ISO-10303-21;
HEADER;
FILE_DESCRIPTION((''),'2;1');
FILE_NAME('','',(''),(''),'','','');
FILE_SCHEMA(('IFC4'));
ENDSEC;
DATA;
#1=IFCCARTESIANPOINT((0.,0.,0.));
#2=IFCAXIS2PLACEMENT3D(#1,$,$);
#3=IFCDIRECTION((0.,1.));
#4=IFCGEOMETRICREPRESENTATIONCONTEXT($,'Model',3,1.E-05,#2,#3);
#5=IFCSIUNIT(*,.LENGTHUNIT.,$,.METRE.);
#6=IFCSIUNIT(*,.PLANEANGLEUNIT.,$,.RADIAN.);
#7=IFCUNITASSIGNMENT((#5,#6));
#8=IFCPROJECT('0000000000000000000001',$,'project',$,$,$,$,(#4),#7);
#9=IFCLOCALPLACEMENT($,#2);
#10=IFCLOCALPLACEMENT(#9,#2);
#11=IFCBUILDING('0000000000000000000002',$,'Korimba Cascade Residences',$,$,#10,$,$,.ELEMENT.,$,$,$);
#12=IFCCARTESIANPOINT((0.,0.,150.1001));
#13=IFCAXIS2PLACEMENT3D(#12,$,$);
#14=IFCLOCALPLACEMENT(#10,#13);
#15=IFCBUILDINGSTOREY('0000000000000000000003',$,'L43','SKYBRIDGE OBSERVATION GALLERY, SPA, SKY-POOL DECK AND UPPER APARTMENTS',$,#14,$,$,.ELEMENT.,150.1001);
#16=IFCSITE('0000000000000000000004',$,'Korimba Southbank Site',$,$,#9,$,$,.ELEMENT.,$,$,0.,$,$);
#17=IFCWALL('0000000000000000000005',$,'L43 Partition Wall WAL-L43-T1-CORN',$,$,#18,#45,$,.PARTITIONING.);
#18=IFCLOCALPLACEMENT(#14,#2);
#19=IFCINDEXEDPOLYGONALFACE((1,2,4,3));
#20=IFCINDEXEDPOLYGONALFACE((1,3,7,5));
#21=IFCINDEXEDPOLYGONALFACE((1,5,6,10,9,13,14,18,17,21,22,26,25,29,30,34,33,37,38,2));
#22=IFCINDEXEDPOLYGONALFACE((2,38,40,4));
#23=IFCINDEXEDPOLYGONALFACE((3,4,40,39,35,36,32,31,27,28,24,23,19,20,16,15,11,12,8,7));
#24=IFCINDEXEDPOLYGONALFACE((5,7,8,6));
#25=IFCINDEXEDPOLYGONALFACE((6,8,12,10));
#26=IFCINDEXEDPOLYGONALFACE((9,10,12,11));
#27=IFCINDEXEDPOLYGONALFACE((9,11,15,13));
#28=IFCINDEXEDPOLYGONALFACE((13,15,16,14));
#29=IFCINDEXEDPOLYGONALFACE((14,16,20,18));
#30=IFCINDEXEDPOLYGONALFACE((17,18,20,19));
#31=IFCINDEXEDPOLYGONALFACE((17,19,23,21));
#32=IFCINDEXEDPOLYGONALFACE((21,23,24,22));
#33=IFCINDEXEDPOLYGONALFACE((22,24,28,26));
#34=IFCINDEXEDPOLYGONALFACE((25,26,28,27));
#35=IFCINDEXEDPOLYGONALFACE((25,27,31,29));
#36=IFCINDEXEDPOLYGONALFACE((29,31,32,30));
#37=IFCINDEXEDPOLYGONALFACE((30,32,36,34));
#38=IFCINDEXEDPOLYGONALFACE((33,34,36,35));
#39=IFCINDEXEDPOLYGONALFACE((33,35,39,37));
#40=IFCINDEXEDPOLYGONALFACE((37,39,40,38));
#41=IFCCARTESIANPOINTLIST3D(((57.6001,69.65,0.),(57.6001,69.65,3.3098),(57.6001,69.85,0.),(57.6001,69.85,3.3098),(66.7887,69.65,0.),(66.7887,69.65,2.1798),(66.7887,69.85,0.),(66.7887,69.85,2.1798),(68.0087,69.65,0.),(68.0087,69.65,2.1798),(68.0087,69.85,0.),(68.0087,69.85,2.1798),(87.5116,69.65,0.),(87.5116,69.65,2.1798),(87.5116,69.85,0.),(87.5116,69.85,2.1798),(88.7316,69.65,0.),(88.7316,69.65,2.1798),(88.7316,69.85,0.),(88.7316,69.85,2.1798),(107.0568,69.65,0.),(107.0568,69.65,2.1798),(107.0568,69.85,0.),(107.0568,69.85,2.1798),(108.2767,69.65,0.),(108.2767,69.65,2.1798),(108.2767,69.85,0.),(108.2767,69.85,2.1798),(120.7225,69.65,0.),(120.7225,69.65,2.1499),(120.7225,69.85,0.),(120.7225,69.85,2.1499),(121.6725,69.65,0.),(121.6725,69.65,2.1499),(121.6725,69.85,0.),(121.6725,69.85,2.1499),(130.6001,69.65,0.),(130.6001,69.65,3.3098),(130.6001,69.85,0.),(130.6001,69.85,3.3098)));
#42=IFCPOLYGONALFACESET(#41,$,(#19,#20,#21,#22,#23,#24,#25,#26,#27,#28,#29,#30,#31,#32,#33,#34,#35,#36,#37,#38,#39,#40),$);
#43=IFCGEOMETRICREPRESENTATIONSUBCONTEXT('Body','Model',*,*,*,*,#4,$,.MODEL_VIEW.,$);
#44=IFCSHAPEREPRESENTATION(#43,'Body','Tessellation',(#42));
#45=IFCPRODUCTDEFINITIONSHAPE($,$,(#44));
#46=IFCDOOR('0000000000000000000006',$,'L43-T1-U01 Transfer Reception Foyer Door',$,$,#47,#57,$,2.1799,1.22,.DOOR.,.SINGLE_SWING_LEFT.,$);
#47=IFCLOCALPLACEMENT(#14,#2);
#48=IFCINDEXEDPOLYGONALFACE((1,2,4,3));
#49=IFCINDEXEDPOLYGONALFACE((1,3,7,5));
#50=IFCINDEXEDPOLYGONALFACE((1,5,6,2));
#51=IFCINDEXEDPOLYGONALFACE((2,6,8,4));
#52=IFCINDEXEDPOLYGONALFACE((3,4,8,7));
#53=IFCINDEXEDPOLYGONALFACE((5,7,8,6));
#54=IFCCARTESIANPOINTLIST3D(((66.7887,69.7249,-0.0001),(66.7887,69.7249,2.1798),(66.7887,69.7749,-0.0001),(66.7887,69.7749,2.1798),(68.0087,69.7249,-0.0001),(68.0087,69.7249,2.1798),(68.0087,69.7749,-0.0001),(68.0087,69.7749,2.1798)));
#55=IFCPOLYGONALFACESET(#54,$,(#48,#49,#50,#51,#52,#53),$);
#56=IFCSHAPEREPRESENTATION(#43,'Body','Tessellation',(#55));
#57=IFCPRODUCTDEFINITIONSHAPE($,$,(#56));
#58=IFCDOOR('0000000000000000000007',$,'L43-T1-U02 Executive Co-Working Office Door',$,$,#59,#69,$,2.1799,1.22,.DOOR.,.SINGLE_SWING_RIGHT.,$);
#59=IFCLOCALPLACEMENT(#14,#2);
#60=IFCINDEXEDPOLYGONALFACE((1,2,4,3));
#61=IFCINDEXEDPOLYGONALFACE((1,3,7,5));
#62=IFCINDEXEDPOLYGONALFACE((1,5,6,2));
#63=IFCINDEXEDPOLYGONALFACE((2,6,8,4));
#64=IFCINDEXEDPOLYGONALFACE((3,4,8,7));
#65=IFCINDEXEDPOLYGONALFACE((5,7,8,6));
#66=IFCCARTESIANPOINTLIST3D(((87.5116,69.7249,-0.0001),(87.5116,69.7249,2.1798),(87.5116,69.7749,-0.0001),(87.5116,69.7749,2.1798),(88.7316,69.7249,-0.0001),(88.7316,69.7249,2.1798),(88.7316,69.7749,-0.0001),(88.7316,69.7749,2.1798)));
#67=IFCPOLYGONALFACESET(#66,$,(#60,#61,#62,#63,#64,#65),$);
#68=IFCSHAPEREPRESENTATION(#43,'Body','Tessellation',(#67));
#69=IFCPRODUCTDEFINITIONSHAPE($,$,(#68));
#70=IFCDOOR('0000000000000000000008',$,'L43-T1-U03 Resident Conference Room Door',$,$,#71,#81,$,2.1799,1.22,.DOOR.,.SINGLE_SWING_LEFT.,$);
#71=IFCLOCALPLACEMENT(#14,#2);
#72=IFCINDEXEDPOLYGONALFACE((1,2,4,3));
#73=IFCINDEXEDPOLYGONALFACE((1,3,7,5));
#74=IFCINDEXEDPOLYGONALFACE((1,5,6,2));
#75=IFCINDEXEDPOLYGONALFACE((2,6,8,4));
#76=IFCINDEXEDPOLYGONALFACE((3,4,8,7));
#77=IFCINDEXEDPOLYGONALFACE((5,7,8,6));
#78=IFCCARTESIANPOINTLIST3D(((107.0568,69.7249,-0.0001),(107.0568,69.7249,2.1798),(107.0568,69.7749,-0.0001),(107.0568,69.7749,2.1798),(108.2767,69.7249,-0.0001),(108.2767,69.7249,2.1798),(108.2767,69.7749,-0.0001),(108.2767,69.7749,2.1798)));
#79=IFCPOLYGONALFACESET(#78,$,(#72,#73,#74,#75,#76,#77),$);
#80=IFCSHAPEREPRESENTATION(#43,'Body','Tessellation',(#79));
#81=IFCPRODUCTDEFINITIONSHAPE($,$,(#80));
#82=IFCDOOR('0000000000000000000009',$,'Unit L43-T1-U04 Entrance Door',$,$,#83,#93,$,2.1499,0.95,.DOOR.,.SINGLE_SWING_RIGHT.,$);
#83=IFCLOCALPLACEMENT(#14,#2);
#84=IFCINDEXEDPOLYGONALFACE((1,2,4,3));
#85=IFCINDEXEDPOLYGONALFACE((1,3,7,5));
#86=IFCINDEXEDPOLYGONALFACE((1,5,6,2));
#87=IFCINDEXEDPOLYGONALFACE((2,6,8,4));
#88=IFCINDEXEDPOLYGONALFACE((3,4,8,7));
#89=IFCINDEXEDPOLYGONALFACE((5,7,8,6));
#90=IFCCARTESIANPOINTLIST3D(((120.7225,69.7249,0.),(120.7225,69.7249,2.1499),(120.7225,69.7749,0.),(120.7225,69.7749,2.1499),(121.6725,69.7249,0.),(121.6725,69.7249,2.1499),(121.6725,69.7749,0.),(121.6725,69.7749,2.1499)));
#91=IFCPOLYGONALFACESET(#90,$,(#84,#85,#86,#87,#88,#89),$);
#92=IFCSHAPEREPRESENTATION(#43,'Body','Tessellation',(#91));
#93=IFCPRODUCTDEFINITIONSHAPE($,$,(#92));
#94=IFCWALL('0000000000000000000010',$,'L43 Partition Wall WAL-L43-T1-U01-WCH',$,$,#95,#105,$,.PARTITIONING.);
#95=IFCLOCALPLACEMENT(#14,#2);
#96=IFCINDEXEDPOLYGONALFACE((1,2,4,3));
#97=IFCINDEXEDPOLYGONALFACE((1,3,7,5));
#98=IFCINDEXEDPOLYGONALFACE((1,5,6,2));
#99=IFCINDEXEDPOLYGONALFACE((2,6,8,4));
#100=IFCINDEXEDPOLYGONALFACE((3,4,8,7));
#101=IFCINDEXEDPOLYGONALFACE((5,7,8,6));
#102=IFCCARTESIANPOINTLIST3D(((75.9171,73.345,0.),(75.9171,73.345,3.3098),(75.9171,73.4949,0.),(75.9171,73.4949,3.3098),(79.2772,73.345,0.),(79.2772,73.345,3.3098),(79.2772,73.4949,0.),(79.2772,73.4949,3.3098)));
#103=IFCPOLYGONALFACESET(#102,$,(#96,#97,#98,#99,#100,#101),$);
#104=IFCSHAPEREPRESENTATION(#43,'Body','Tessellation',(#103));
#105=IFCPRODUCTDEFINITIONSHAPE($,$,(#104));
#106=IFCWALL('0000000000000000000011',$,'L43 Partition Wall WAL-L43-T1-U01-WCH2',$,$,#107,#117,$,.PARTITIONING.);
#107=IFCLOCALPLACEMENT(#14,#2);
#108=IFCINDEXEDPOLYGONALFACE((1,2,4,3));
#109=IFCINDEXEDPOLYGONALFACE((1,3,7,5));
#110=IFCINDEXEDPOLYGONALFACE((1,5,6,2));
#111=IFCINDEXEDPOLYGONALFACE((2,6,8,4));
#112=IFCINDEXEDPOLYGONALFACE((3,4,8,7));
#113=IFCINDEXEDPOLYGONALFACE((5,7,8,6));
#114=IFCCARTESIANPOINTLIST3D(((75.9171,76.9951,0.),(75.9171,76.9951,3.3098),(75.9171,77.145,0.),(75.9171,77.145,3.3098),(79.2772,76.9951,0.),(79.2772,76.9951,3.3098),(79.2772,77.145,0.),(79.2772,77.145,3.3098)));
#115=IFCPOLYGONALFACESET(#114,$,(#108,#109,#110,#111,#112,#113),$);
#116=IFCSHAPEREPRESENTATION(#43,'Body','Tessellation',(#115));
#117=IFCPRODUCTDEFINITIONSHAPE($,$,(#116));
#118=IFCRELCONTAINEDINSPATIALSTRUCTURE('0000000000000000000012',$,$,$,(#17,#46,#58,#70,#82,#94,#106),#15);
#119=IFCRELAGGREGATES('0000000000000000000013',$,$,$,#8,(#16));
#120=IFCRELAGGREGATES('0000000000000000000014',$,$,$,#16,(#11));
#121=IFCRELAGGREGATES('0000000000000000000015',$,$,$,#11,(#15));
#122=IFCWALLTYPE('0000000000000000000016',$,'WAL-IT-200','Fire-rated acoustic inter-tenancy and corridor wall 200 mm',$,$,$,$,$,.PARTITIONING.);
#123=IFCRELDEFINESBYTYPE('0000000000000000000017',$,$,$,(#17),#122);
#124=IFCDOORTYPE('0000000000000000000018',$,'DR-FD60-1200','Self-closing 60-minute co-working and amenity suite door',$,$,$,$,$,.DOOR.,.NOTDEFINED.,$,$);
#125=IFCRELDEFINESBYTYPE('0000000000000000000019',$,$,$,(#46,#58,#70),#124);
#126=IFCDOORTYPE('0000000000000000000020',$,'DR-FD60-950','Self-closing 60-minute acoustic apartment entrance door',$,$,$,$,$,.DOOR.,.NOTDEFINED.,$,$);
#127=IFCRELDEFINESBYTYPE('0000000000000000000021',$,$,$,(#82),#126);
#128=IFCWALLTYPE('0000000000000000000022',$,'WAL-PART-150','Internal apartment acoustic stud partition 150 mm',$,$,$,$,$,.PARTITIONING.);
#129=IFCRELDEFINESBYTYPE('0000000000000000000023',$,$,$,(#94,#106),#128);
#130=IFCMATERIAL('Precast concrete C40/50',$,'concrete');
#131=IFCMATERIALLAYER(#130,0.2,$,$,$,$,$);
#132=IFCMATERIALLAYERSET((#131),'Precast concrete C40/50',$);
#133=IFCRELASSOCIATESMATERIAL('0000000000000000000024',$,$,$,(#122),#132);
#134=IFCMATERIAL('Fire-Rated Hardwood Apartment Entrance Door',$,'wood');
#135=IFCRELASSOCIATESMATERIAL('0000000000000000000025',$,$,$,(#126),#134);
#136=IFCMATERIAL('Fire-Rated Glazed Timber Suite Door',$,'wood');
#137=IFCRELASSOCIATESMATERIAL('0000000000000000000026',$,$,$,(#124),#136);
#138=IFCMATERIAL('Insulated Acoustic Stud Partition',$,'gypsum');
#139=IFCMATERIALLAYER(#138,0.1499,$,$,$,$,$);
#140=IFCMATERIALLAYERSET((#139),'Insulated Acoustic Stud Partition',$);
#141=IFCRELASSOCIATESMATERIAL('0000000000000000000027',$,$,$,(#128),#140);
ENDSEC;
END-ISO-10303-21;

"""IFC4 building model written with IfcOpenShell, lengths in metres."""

from ifc_helpers import new_model, si_unit, direction, frame, frame_2d, origin, place, context, subcontext, project, spatial, rectangle, extrude, material, layer, layer_set, type_object, element, fill, save


model = new_model("IFC4")

# Units and contexts
model_context = context("Model", 3, precision=1e-05, world=origin(), true_north=direction((0.0, 1.0)))
body_context = subcontext(model_context, "Body", "Model", "MODEL_VIEW")
ifc_project = project(units=[si_unit("LENGTHUNIT", "METRE"), si_unit("PLANEANGLEUNIT", "RADIAN")], contexts=[model_context])

# Site, building, storey
site_placement = place(None, origin())
site = spatial("IfcSite", under=ifc_project, at=site_placement, Name="Korimba Southbank Site", CompositionType="ELEMENT", RefElevation=0.0)
building_placement = place(site_placement, origin())
building = spatial("IfcBuilding", under=site, at=building_placement, Name="Korimba Cascade Residences", CompositionType="ELEMENT")
storey_placement = place(building_placement, frame((0.0, 0.0, 150.1001)))
storey = spatial("IfcBuildingStorey", under=building, at=storey_placement, Name="L43", Description="SKYBRIDGE OBSERVATION GALLERY, SPA, SKY-POOL DECK AND UPPER APARTMENTS", CompositionType="ELEMENT", Elevation=150.1001)

# Shared definitions
ifc_material_1 = material(Name="Precast concrete C40/50", Category="concrete")
ifc_layer_1 = layer(ifc_material_1, 0.2)
ifc_layer_set_1 = layer_set([ifc_layer_1], Name="Precast concrete C40/50")
wall_type_1 = type_object("IfcWallType", Name="WAL-IT-200", Description="Fire-rated acoustic inter-tenancy and corridor wall 200 mm", PredefinedType="PARTITIONING", material=ifc_layer_set_1)
ifc_material_2 = material(Name="Fire-Rated Hardwood Apartment Entrance Door", Category="wood")
door_type_1 = type_object("IfcDoorType", Name="DR-FD60-950", Description="Self-closing 60-minute acoustic apartment entrance door", OperationType="NOTDEFINED", PredefinedType="DOOR", material=ifc_material_2)

# Wall, openings, doors
wall_1_placement = place(storey_placement, frame((57.6001, 69.75, 0.0), z_axis=(0.0, 0.0, 1.0), x_axis=(1.0, 0.0, 0.0)))
wall_1 = element("IfcWall", 1, at=wall_1_placement, inside=storey, type_object=wall_type_1, Name="L43 Partition Wall WAL-L43-T1-CORN", PredefinedType="PARTITIONING", context=body_context, shape_type="SweptSolid", body=[
    extrude(rectangle(XDim=73.0, YDim=0.2, at=frame_2d((36.5, 0.0))), origin(), (0.0, 0.0, 1.0), 3.3098),
])
opening_1_placement = place(wall_1_placement, frame((9.1887, 0.0, 0.0)))
opening_1 = element("IfcOpeningElement", 2, at=opening_1_placement, cuts=wall_1, PredefinedType="OPENING", context=body_context, shape_type="SweptSolid", body=[
    extrude(rectangle(XDim=1.22, YDim=2.1799, at=frame_2d((0.6099, 1.0898))), frame((0.0, 0.1099, 0.0), z_axis=(0.0, -1.0, 0.0), x_axis=(1.0, 0.0, 0.0)), (0.0, 0.0, 1.0), 0.22),
])
opening_2_placement = place(wall_1_placement, frame((29.9116, 0.0, 0.0)))
opening_2 = element("IfcOpeningElement", 3, at=opening_2_placement, cuts=wall_1, PredefinedType="OPENING", context=body_context, shape_type="SweptSolid", body=[
    extrude(rectangle(XDim=1.22, YDim=2.1799, at=frame_2d((0.6099, 1.0898))), frame((0.0, 0.1099, 0.0), z_axis=(0.0, -1.0, 0.0), x_axis=(1.0, 0.0, 0.0)), (0.0, 0.0, 1.0), 0.22),
])
opening_3_placement = place(wall_1_placement, frame((49.4568, 0.0, 0.0)))
opening_3 = element("IfcOpeningElement", 4, at=opening_3_placement, cuts=wall_1, PredefinedType="OPENING", context=body_context, shape_type="SweptSolid", body=[
    extrude(rectangle(XDim=1.22, YDim=2.1799, at=frame_2d((0.6099, 1.0898))), frame((0.0, 0.1099, 0.0), z_axis=(0.0, -1.0, 0.0), x_axis=(1.0, 0.0, 0.0)), (0.0, 0.0, 1.0), 0.22),
])
opening_4_placement = place(wall_1_placement, frame((63.1223, 0.0, 0.0)))
opening_4 = element("IfcOpeningElement", 5, at=opening_4_placement, cuts=wall_1, PredefinedType="OPENING", context=body_context, shape_type="SweptSolid", body=[
    extrude(rectangle(XDim=0.95, YDim=2.1499, at=frame_2d((0.4751, 1.075))), frame((0.0, 0.1099, 0.0), z_axis=(0.0, -1.0, 0.0), x_axis=(1.0, 0.0, 0.0)), (0.0, 0.0, 1.0), 0.22),
])
ifc_material_3 = material(Name="Fire-Rated Glazed Timber Suite Door", Category="wood")
door_type_2 = type_object("IfcDoorType", Name="DR-FD60-1200", Description="Self-closing 60-minute co-working and amenity suite door", OperationType="NOTDEFINED", PredefinedType="DOOR", material=ifc_material_3)
door_1_placement = place(opening_1_placement, origin())
door_1 = element("IfcDoor", 6, at=door_1_placement, inside=storey, type_object=door_type_2, Name="L43-T1-U01 Transfer Reception Foyer Door", OperationType="SINGLE_SWING_LEFT", OverallHeight=2.1799, OverallWidth=1.22, PredefinedType="DOOR", context=body_context, shape_type="SweptSolid", body=[
    extrude(rectangle(XDim=1.22, YDim=2.1799, at=frame_2d((0.6099, 1.0898))), frame((0.0, 0.0249, 0.0), z_axis=(0.0, -1.0, 0.0), x_axis=(1.0, 0.0, 0.0)), (0.0, 0.0, 1.0), 0.05),
])
fill(opening_1, door_1)
door_2_placement = place(opening_2_placement, origin())
door_2 = element("IfcDoor", 7, at=door_2_placement, inside=storey, type_object=door_type_2, Name="L43-T1-U02 Executive Co-Working Office Door", OperationType="SINGLE_SWING_RIGHT", OverallHeight=2.1799, OverallWidth=1.22, PredefinedType="DOOR", context=body_context, shape_type="SweptSolid", body=[
    extrude(rectangle(XDim=1.22, YDim=2.1799, at=frame_2d((0.6099, 1.0898))), frame((0.0, 0.0249, 0.0), z_axis=(0.0, -1.0, 0.0), x_axis=(1.0, 0.0, 0.0)), (0.0, 0.0, 1.0), 0.05),
])
fill(opening_2, door_2)
door_3_placement = place(opening_3_placement, origin())
door_3 = element("IfcDoor", 8, at=door_3_placement, inside=storey, type_object=door_type_2, Name="L43-T1-U03 Resident Conference Room Door", OperationType="SINGLE_SWING_LEFT", OverallHeight=2.1799, OverallWidth=1.22, PredefinedType="DOOR", context=body_context, shape_type="SweptSolid", body=[
    extrude(rectangle(XDim=1.22, YDim=2.1799, at=frame_2d((0.6099, 1.0898))), frame((0.0, 0.0249, 0.0), z_axis=(0.0, -1.0, 0.0), x_axis=(1.0, 0.0, 0.0)), (0.0, 0.0, 1.0), 0.05),
])
fill(opening_3, door_3)
door_4_placement = place(opening_4_placement, origin())
door_4 = element("IfcDoor", 9, at=door_4_placement, inside=storey, type_object=door_type_1, Name="Unit L43-T1-U04 Entrance Door", OperationType="SINGLE_SWING_RIGHT", OverallHeight=2.1499, OverallWidth=0.95, PredefinedType="DOOR", context=body_context, shape_type="SweptSolid", body=[
    extrude(rectangle(XDim=0.95, YDim=2.1499, at=frame_2d((0.4751, 1.075))), frame((0.0, 0.0249, 0.0), z_axis=(0.0, -1.0, 0.0), x_axis=(1.0, 0.0, 0.0)), (0.0, 0.0, 1.0), 0.05),
])
fill(opening_4, door_4)

# Walls
ifc_material_4 = material(Name="Insulated Acoustic Stud Partition", Category="gypsum")
ifc_layer_2 = layer(ifc_material_4, 0.1499)
ifc_layer_set_2 = layer_set([ifc_layer_2], Name="Insulated Acoustic Stud Partition")
wall_type_2 = type_object("IfcWallType", Name="WAL-PART-150", Description="Internal apartment acoustic stud partition 150 mm", PredefinedType="PARTITIONING", material=ifc_layer_set_2)
for number, where, z_axis, x_axis, name in (
    (10, (75.917, 73.4199, 0.0), (0.0, 0.0, 1.0), (1.0, 0.0, 0.0), "L43 Partition Wall WAL-L43-T1-U01-WCH"),
    (11, (75.917, 77.0701, 0.0), (0.0, 0.0, 1.0), (1.0, 0.0, 0.0), "L43 Partition Wall WAL-L43-T1-U01-WCH2"),
):
    element("IfcWall", number, at=place(storey_placement, frame(where, z_axis=z_axis, x_axis=x_axis)), inside=storey, type_object=wall_type_2, Name=name, PredefinedType="PARTITIONING", context=body_context, shape_type="SweptSolid", body=[
        extrude(rectangle(XDim=3.3601, YDim=0.1499, at=frame_2d((1.6802, 0.0))), origin(), (0.0, 0.0, 1.0), 3.3098),
    ])

save(model, "model.ifc")
